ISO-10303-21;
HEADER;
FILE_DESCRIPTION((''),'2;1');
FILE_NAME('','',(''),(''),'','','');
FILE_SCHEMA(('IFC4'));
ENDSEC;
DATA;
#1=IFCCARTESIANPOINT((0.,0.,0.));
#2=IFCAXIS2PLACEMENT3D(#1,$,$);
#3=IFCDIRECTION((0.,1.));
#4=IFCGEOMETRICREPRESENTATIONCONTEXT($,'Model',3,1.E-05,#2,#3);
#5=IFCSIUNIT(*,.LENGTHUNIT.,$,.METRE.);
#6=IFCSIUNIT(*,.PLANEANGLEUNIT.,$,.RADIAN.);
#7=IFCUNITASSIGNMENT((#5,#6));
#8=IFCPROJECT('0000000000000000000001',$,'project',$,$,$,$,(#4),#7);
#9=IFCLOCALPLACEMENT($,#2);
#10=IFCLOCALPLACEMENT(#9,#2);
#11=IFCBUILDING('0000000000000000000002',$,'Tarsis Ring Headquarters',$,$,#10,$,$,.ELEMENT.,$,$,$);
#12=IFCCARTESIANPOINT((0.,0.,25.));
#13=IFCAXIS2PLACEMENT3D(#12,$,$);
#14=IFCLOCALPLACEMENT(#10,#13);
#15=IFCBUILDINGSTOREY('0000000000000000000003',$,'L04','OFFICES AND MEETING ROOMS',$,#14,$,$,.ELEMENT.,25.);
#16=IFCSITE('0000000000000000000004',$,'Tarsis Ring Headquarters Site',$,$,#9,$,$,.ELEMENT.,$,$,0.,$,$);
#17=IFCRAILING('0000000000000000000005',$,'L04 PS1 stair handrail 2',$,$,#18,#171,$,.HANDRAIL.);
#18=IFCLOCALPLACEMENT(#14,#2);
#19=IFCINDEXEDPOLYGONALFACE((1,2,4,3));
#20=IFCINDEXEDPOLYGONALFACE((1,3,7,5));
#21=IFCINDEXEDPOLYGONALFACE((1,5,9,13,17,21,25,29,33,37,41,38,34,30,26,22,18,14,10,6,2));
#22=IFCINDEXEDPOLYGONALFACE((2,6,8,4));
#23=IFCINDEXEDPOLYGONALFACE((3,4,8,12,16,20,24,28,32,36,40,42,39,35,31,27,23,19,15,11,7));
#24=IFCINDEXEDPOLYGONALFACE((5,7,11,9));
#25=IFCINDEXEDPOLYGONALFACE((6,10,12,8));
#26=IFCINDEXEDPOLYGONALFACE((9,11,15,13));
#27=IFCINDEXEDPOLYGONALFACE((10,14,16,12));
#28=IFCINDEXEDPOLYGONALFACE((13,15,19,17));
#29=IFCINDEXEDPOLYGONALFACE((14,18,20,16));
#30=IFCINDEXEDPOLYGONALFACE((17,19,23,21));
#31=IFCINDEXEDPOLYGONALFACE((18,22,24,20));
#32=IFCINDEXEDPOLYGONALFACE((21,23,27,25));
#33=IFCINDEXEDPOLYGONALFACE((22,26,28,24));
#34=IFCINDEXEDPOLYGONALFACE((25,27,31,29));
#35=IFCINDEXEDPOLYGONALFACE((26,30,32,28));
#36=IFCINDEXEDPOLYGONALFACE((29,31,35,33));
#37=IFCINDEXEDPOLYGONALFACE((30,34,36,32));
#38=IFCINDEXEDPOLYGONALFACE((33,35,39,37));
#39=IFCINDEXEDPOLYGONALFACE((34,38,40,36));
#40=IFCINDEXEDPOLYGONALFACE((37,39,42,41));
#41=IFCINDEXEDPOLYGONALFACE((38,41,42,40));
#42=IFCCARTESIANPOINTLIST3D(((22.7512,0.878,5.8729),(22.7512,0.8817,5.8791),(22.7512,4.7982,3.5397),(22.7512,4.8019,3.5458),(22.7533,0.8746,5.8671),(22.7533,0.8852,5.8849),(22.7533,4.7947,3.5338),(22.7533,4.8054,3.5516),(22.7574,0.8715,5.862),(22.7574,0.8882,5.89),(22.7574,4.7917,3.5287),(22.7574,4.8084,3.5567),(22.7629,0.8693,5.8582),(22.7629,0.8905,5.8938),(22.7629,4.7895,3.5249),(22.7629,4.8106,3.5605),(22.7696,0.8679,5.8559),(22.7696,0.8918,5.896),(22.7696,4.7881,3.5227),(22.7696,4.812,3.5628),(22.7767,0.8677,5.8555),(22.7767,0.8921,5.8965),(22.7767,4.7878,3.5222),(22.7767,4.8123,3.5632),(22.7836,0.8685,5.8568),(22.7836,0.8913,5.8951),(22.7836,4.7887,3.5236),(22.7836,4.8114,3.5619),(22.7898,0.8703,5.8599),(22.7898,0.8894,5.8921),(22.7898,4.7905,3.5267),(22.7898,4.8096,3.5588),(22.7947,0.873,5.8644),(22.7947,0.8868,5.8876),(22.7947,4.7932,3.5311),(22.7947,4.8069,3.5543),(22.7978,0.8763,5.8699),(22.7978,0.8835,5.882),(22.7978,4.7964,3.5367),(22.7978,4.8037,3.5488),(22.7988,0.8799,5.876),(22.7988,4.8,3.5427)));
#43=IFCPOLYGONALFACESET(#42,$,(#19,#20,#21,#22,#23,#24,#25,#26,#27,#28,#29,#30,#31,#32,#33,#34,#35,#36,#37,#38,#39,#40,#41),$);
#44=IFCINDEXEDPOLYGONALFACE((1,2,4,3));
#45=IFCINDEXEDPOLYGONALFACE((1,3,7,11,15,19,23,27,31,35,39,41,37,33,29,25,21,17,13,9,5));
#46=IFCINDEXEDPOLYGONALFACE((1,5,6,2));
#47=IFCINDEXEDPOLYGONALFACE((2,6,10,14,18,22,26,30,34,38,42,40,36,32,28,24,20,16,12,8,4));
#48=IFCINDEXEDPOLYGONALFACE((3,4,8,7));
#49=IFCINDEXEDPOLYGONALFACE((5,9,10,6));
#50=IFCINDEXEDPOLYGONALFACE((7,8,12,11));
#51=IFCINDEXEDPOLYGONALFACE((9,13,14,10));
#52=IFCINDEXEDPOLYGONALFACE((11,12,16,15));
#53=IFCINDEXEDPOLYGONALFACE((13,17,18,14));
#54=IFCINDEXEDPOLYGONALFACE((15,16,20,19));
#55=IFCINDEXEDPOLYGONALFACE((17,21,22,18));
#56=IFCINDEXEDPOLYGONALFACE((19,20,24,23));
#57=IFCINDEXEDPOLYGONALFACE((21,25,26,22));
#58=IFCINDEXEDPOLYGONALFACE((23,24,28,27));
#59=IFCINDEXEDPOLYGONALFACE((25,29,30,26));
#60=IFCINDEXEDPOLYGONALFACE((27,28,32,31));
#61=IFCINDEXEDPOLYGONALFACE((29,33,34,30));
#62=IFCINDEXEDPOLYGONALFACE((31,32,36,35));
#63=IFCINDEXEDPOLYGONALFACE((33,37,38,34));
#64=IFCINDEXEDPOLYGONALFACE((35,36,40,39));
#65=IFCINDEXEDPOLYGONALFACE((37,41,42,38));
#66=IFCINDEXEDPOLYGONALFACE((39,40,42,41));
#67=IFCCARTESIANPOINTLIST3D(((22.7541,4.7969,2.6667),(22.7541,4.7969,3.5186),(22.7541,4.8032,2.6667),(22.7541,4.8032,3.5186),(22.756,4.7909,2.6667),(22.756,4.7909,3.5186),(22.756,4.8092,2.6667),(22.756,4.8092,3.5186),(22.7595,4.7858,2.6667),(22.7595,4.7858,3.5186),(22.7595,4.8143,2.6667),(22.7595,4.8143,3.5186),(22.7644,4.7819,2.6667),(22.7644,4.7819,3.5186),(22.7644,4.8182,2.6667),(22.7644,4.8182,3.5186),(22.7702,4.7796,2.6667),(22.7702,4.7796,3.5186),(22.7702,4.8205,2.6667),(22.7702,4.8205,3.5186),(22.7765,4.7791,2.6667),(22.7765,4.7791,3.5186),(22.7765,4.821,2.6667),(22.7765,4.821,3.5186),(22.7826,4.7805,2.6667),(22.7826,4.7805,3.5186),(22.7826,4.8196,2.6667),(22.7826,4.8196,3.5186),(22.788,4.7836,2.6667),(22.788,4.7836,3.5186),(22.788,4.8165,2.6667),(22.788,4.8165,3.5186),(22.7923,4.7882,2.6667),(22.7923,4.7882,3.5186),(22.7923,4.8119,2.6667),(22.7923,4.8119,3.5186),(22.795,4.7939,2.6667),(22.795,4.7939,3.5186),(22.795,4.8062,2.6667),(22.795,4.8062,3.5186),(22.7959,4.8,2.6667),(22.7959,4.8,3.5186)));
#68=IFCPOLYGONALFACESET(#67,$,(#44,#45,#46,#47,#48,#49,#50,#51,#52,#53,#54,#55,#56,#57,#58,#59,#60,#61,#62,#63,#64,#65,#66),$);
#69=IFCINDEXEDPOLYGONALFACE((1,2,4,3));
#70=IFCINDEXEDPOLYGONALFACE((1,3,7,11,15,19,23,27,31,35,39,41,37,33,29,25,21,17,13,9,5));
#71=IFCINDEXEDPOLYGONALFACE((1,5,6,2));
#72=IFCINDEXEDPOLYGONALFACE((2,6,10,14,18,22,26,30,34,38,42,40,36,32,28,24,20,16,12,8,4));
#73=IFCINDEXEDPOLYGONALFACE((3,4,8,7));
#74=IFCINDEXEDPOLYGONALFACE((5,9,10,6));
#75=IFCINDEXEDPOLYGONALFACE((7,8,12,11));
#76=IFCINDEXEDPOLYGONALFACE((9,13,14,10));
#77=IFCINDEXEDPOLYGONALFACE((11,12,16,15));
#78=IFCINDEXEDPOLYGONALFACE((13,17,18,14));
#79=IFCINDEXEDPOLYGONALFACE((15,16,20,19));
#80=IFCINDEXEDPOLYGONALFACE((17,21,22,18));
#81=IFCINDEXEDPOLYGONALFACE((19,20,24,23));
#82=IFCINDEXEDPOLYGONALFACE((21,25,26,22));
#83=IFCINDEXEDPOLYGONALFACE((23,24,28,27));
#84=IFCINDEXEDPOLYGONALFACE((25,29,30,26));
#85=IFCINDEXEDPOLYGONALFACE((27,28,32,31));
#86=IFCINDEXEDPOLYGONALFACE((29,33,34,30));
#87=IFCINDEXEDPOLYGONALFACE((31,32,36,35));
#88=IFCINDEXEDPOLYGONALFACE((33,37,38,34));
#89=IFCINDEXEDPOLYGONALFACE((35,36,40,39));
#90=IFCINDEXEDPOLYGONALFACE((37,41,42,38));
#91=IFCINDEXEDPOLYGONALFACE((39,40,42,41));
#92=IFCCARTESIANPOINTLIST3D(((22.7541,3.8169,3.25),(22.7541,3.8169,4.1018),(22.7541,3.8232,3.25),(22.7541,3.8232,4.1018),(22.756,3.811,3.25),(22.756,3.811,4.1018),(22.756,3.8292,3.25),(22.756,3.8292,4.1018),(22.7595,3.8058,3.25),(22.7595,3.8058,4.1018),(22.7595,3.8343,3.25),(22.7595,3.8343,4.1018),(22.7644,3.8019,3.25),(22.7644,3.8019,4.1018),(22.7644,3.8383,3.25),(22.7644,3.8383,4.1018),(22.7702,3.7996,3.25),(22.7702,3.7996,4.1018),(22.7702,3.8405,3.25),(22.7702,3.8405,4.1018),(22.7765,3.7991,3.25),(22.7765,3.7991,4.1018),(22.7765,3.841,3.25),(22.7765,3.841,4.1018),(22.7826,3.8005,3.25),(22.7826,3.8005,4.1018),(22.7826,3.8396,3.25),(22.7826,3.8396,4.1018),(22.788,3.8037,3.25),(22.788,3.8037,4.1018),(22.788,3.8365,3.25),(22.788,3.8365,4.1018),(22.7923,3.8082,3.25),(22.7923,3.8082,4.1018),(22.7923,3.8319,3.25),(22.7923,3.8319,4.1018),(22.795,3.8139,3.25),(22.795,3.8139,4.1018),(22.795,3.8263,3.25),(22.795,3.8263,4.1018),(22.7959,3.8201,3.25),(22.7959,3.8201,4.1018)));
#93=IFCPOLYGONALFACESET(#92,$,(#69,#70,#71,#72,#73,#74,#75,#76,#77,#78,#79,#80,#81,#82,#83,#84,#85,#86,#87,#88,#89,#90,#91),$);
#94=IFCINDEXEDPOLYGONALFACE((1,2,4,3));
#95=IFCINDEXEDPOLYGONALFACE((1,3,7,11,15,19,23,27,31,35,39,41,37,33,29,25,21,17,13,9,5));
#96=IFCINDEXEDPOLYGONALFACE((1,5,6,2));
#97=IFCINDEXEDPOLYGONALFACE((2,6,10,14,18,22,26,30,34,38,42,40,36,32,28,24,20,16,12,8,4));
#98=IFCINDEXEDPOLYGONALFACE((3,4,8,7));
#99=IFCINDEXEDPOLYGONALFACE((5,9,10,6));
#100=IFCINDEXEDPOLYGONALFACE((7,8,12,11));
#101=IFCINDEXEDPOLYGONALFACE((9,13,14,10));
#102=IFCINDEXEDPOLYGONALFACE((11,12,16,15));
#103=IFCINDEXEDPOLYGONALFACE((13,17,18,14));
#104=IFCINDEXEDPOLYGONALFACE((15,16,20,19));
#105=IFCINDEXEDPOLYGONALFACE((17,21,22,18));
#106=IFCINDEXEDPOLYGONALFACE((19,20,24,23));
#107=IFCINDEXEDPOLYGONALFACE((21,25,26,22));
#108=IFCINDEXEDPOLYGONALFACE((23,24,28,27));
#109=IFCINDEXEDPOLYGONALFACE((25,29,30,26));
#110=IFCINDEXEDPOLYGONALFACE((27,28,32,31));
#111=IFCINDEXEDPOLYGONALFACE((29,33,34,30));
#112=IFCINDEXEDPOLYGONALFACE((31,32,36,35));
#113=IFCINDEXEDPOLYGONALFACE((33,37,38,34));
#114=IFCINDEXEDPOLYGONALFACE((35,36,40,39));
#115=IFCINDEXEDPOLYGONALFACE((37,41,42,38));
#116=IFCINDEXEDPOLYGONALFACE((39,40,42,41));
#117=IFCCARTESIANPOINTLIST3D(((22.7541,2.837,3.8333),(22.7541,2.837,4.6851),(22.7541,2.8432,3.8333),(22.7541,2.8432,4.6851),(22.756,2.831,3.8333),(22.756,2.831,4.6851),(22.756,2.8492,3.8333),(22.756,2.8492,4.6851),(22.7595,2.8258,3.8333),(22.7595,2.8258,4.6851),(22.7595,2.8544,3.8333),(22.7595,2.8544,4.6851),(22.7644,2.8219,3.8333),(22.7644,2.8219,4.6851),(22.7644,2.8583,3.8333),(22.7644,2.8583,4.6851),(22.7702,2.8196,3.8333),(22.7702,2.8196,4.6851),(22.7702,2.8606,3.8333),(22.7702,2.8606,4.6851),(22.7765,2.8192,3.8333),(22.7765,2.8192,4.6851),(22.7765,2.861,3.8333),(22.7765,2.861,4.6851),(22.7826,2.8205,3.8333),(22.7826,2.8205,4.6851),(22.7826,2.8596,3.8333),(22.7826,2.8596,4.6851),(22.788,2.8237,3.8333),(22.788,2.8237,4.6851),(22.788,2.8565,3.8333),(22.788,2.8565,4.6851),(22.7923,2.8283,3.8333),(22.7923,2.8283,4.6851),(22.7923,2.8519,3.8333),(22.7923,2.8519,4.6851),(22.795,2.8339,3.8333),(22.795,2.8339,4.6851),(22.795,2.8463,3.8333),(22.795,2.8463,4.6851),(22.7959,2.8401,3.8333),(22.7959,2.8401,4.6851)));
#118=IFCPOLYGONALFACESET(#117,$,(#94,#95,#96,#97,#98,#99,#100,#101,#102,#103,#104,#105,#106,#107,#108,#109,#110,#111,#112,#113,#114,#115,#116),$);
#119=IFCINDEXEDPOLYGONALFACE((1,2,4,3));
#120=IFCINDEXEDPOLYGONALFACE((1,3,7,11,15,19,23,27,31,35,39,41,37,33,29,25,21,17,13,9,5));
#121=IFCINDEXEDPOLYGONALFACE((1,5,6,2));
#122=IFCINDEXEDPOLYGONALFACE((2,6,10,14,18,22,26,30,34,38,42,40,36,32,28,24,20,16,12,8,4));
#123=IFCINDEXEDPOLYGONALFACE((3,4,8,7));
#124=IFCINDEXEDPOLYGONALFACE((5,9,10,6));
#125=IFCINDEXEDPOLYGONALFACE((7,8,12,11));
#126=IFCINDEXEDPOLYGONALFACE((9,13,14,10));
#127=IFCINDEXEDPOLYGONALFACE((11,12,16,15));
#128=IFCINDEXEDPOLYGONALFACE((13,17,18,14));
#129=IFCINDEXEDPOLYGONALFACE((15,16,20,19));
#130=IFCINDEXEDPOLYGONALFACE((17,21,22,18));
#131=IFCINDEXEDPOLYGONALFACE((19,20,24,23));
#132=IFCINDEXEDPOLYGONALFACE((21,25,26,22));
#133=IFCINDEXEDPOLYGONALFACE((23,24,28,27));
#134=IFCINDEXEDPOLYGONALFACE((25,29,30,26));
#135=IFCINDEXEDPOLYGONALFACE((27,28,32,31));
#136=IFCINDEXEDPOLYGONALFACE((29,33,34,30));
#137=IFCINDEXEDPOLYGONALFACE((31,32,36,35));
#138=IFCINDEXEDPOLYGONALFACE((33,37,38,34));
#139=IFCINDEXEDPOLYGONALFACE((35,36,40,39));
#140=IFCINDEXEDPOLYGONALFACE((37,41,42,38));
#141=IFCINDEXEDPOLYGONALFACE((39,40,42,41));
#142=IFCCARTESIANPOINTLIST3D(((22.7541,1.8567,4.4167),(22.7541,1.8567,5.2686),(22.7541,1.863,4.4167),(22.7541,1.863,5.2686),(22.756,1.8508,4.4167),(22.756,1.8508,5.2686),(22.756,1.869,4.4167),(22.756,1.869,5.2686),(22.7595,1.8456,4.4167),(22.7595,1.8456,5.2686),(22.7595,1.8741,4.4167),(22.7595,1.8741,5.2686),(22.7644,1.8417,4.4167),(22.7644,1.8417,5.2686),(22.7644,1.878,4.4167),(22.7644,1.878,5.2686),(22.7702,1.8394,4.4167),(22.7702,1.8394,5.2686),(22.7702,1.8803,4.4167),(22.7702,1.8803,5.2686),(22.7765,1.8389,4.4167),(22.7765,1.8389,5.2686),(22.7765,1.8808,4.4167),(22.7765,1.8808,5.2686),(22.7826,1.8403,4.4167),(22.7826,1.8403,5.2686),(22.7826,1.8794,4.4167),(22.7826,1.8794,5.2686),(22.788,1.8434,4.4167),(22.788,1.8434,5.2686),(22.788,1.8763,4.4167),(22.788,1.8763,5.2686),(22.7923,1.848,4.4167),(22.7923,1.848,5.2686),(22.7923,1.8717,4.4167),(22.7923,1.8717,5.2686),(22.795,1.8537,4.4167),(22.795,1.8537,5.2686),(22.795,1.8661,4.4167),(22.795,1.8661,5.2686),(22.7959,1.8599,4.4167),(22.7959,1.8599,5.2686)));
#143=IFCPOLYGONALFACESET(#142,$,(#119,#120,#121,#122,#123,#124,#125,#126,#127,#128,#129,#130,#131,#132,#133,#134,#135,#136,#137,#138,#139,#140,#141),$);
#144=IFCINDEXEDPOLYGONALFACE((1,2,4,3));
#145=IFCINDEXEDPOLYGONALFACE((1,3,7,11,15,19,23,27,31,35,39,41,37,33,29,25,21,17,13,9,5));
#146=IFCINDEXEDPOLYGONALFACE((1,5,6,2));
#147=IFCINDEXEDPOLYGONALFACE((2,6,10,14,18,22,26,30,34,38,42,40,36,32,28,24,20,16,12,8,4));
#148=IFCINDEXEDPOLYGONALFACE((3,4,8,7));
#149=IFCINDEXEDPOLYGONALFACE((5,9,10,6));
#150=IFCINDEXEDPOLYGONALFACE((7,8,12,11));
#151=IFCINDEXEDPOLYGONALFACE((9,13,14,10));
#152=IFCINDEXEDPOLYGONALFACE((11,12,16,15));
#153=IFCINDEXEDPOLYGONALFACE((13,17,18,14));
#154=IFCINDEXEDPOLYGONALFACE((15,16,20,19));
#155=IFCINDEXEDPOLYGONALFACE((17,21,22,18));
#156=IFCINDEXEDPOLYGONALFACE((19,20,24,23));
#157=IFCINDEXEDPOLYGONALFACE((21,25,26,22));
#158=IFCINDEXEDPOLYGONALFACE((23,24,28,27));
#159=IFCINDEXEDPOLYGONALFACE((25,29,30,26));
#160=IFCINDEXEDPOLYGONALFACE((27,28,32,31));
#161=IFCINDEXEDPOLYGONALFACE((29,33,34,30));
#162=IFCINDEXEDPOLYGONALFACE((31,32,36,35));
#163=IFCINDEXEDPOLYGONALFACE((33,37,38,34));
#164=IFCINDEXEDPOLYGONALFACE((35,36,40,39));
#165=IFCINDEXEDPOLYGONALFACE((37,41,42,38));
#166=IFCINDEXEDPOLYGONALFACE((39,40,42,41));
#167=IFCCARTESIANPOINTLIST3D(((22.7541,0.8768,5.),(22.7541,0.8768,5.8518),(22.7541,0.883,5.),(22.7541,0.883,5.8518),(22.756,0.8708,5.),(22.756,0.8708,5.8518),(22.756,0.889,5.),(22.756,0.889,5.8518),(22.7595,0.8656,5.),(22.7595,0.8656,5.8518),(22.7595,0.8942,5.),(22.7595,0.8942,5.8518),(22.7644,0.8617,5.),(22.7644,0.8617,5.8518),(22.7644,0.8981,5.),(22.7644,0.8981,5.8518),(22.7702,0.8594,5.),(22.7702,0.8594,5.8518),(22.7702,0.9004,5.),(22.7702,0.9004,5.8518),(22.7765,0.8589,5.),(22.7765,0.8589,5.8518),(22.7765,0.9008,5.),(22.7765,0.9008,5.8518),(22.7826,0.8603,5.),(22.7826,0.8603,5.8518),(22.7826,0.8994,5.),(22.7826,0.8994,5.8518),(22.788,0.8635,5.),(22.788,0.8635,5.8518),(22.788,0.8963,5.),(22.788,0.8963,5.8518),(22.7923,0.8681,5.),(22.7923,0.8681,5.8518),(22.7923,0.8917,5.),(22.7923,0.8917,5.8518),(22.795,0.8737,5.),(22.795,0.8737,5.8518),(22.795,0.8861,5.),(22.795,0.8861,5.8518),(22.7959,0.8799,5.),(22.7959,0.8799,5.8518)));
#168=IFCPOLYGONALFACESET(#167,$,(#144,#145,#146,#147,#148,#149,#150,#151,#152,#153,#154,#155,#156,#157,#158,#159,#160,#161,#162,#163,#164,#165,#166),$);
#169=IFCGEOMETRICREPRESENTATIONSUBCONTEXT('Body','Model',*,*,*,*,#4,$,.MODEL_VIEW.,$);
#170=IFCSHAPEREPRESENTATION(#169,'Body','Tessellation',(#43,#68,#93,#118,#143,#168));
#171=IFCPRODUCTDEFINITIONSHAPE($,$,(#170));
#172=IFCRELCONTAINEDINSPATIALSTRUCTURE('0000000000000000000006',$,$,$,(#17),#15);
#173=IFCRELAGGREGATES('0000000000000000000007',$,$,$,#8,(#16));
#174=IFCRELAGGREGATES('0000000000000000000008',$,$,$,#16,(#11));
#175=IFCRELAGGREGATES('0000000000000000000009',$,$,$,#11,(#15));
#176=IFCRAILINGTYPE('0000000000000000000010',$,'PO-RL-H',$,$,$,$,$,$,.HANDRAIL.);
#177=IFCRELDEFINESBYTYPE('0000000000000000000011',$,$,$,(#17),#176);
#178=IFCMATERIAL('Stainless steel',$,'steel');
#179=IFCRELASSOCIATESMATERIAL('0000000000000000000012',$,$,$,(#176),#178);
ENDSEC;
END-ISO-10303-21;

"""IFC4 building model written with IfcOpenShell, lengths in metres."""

from ifc_helpers import new_model, si_unit, direction, frame, origin, origin_2d, place, context, subcontext, project, spatial, circle, extrude, material, type_object, element, save


model = new_model("IFC4")

# Units and contexts
model_context = context("Model", 3, precision=1e-05, world=origin(), true_north=direction((0.0, 1.0)))
body_context = subcontext(model_context, "Body", "Model", "MODEL_VIEW")
ifc_project = project(units=[si_unit("LENGTHUNIT", "METRE"), si_unit("PLANEANGLEUNIT", "RADIAN")], contexts=[model_context])

# Site, building, storey
site_placement = place(None, origin())
site = spatial("IfcSite", under=ifc_project, at=site_placement, Name="Tarsis Ring Headquarters Site", CompositionType="ELEMENT", RefElevation=0.0)
building_placement = place(site_placement, origin())
building = spatial("IfcBuilding", under=site, at=building_placement, Name="Tarsis Ring Headquarters", CompositionType="ELEMENT")
storey_placement = place(building_placement, frame((0.0, 0.0, 25.0)))
storey = spatial("IfcBuildingStorey", under=building, at=storey_placement, Name="L04", Description="OFFICES AND MEETING ROOMS", CompositionType="ELEMENT", Elevation=25.0)

# Railing
ifc_material_1 = material(Name="Stainless steel", Category="steel")
railing_type_1 = type_object("IfcRailingType", Name="PO-RL-H", PredefinedType="HANDRAIL", material=ifc_material_1)
railing_1_placement = place(storey_placement, frame((22.7749, 4.8, 2.6667)))
element("IfcRailing", 1, at=railing_1_placement, inside=storey, type_object=railing_type_1, Name="L04 PS1 stair handrail 2", PredefinedType="HANDRAIL", context=body_context, shape_type="SweptSolid", body=[
    extrude(circle(Radius=0.0239, at=origin_2d()), frame((0.0, 0.0, 0.876), z_axis=(0.0, -0.85931, 0.511455), x_axis=(1.0, 0.0, 0.0)), (0.0, 0.0, 1.0), 4.562),
    extrude(circle(Radius=0.021, at=origin_2d()), origin(), (0.0, 0.0, 1.0), 0.8518),
    extrude(circle(Radius=0.021, at=origin_2d()), frame((0.0, -0.98, 0.5833)), (0.0, 0.0, 1.0), 0.8518),
    extrude(circle(Radius=0.021, at=origin_2d()), frame((0.0, -1.96, 1.1665)), (0.0, 0.0, 1.0), 0.8518),
    extrude(circle(Radius=0.021, at=origin_2d()), frame((0.0, -2.9402, 1.75)), (0.0, 0.0, 1.0), 0.8518),
    extrude(circle(Radius=0.021, at=origin_2d()), frame((0.0, -3.9202, 2.3333)), (0.0, 0.0, 1.0), 0.8518),
])

save(model, "model.ifc")
